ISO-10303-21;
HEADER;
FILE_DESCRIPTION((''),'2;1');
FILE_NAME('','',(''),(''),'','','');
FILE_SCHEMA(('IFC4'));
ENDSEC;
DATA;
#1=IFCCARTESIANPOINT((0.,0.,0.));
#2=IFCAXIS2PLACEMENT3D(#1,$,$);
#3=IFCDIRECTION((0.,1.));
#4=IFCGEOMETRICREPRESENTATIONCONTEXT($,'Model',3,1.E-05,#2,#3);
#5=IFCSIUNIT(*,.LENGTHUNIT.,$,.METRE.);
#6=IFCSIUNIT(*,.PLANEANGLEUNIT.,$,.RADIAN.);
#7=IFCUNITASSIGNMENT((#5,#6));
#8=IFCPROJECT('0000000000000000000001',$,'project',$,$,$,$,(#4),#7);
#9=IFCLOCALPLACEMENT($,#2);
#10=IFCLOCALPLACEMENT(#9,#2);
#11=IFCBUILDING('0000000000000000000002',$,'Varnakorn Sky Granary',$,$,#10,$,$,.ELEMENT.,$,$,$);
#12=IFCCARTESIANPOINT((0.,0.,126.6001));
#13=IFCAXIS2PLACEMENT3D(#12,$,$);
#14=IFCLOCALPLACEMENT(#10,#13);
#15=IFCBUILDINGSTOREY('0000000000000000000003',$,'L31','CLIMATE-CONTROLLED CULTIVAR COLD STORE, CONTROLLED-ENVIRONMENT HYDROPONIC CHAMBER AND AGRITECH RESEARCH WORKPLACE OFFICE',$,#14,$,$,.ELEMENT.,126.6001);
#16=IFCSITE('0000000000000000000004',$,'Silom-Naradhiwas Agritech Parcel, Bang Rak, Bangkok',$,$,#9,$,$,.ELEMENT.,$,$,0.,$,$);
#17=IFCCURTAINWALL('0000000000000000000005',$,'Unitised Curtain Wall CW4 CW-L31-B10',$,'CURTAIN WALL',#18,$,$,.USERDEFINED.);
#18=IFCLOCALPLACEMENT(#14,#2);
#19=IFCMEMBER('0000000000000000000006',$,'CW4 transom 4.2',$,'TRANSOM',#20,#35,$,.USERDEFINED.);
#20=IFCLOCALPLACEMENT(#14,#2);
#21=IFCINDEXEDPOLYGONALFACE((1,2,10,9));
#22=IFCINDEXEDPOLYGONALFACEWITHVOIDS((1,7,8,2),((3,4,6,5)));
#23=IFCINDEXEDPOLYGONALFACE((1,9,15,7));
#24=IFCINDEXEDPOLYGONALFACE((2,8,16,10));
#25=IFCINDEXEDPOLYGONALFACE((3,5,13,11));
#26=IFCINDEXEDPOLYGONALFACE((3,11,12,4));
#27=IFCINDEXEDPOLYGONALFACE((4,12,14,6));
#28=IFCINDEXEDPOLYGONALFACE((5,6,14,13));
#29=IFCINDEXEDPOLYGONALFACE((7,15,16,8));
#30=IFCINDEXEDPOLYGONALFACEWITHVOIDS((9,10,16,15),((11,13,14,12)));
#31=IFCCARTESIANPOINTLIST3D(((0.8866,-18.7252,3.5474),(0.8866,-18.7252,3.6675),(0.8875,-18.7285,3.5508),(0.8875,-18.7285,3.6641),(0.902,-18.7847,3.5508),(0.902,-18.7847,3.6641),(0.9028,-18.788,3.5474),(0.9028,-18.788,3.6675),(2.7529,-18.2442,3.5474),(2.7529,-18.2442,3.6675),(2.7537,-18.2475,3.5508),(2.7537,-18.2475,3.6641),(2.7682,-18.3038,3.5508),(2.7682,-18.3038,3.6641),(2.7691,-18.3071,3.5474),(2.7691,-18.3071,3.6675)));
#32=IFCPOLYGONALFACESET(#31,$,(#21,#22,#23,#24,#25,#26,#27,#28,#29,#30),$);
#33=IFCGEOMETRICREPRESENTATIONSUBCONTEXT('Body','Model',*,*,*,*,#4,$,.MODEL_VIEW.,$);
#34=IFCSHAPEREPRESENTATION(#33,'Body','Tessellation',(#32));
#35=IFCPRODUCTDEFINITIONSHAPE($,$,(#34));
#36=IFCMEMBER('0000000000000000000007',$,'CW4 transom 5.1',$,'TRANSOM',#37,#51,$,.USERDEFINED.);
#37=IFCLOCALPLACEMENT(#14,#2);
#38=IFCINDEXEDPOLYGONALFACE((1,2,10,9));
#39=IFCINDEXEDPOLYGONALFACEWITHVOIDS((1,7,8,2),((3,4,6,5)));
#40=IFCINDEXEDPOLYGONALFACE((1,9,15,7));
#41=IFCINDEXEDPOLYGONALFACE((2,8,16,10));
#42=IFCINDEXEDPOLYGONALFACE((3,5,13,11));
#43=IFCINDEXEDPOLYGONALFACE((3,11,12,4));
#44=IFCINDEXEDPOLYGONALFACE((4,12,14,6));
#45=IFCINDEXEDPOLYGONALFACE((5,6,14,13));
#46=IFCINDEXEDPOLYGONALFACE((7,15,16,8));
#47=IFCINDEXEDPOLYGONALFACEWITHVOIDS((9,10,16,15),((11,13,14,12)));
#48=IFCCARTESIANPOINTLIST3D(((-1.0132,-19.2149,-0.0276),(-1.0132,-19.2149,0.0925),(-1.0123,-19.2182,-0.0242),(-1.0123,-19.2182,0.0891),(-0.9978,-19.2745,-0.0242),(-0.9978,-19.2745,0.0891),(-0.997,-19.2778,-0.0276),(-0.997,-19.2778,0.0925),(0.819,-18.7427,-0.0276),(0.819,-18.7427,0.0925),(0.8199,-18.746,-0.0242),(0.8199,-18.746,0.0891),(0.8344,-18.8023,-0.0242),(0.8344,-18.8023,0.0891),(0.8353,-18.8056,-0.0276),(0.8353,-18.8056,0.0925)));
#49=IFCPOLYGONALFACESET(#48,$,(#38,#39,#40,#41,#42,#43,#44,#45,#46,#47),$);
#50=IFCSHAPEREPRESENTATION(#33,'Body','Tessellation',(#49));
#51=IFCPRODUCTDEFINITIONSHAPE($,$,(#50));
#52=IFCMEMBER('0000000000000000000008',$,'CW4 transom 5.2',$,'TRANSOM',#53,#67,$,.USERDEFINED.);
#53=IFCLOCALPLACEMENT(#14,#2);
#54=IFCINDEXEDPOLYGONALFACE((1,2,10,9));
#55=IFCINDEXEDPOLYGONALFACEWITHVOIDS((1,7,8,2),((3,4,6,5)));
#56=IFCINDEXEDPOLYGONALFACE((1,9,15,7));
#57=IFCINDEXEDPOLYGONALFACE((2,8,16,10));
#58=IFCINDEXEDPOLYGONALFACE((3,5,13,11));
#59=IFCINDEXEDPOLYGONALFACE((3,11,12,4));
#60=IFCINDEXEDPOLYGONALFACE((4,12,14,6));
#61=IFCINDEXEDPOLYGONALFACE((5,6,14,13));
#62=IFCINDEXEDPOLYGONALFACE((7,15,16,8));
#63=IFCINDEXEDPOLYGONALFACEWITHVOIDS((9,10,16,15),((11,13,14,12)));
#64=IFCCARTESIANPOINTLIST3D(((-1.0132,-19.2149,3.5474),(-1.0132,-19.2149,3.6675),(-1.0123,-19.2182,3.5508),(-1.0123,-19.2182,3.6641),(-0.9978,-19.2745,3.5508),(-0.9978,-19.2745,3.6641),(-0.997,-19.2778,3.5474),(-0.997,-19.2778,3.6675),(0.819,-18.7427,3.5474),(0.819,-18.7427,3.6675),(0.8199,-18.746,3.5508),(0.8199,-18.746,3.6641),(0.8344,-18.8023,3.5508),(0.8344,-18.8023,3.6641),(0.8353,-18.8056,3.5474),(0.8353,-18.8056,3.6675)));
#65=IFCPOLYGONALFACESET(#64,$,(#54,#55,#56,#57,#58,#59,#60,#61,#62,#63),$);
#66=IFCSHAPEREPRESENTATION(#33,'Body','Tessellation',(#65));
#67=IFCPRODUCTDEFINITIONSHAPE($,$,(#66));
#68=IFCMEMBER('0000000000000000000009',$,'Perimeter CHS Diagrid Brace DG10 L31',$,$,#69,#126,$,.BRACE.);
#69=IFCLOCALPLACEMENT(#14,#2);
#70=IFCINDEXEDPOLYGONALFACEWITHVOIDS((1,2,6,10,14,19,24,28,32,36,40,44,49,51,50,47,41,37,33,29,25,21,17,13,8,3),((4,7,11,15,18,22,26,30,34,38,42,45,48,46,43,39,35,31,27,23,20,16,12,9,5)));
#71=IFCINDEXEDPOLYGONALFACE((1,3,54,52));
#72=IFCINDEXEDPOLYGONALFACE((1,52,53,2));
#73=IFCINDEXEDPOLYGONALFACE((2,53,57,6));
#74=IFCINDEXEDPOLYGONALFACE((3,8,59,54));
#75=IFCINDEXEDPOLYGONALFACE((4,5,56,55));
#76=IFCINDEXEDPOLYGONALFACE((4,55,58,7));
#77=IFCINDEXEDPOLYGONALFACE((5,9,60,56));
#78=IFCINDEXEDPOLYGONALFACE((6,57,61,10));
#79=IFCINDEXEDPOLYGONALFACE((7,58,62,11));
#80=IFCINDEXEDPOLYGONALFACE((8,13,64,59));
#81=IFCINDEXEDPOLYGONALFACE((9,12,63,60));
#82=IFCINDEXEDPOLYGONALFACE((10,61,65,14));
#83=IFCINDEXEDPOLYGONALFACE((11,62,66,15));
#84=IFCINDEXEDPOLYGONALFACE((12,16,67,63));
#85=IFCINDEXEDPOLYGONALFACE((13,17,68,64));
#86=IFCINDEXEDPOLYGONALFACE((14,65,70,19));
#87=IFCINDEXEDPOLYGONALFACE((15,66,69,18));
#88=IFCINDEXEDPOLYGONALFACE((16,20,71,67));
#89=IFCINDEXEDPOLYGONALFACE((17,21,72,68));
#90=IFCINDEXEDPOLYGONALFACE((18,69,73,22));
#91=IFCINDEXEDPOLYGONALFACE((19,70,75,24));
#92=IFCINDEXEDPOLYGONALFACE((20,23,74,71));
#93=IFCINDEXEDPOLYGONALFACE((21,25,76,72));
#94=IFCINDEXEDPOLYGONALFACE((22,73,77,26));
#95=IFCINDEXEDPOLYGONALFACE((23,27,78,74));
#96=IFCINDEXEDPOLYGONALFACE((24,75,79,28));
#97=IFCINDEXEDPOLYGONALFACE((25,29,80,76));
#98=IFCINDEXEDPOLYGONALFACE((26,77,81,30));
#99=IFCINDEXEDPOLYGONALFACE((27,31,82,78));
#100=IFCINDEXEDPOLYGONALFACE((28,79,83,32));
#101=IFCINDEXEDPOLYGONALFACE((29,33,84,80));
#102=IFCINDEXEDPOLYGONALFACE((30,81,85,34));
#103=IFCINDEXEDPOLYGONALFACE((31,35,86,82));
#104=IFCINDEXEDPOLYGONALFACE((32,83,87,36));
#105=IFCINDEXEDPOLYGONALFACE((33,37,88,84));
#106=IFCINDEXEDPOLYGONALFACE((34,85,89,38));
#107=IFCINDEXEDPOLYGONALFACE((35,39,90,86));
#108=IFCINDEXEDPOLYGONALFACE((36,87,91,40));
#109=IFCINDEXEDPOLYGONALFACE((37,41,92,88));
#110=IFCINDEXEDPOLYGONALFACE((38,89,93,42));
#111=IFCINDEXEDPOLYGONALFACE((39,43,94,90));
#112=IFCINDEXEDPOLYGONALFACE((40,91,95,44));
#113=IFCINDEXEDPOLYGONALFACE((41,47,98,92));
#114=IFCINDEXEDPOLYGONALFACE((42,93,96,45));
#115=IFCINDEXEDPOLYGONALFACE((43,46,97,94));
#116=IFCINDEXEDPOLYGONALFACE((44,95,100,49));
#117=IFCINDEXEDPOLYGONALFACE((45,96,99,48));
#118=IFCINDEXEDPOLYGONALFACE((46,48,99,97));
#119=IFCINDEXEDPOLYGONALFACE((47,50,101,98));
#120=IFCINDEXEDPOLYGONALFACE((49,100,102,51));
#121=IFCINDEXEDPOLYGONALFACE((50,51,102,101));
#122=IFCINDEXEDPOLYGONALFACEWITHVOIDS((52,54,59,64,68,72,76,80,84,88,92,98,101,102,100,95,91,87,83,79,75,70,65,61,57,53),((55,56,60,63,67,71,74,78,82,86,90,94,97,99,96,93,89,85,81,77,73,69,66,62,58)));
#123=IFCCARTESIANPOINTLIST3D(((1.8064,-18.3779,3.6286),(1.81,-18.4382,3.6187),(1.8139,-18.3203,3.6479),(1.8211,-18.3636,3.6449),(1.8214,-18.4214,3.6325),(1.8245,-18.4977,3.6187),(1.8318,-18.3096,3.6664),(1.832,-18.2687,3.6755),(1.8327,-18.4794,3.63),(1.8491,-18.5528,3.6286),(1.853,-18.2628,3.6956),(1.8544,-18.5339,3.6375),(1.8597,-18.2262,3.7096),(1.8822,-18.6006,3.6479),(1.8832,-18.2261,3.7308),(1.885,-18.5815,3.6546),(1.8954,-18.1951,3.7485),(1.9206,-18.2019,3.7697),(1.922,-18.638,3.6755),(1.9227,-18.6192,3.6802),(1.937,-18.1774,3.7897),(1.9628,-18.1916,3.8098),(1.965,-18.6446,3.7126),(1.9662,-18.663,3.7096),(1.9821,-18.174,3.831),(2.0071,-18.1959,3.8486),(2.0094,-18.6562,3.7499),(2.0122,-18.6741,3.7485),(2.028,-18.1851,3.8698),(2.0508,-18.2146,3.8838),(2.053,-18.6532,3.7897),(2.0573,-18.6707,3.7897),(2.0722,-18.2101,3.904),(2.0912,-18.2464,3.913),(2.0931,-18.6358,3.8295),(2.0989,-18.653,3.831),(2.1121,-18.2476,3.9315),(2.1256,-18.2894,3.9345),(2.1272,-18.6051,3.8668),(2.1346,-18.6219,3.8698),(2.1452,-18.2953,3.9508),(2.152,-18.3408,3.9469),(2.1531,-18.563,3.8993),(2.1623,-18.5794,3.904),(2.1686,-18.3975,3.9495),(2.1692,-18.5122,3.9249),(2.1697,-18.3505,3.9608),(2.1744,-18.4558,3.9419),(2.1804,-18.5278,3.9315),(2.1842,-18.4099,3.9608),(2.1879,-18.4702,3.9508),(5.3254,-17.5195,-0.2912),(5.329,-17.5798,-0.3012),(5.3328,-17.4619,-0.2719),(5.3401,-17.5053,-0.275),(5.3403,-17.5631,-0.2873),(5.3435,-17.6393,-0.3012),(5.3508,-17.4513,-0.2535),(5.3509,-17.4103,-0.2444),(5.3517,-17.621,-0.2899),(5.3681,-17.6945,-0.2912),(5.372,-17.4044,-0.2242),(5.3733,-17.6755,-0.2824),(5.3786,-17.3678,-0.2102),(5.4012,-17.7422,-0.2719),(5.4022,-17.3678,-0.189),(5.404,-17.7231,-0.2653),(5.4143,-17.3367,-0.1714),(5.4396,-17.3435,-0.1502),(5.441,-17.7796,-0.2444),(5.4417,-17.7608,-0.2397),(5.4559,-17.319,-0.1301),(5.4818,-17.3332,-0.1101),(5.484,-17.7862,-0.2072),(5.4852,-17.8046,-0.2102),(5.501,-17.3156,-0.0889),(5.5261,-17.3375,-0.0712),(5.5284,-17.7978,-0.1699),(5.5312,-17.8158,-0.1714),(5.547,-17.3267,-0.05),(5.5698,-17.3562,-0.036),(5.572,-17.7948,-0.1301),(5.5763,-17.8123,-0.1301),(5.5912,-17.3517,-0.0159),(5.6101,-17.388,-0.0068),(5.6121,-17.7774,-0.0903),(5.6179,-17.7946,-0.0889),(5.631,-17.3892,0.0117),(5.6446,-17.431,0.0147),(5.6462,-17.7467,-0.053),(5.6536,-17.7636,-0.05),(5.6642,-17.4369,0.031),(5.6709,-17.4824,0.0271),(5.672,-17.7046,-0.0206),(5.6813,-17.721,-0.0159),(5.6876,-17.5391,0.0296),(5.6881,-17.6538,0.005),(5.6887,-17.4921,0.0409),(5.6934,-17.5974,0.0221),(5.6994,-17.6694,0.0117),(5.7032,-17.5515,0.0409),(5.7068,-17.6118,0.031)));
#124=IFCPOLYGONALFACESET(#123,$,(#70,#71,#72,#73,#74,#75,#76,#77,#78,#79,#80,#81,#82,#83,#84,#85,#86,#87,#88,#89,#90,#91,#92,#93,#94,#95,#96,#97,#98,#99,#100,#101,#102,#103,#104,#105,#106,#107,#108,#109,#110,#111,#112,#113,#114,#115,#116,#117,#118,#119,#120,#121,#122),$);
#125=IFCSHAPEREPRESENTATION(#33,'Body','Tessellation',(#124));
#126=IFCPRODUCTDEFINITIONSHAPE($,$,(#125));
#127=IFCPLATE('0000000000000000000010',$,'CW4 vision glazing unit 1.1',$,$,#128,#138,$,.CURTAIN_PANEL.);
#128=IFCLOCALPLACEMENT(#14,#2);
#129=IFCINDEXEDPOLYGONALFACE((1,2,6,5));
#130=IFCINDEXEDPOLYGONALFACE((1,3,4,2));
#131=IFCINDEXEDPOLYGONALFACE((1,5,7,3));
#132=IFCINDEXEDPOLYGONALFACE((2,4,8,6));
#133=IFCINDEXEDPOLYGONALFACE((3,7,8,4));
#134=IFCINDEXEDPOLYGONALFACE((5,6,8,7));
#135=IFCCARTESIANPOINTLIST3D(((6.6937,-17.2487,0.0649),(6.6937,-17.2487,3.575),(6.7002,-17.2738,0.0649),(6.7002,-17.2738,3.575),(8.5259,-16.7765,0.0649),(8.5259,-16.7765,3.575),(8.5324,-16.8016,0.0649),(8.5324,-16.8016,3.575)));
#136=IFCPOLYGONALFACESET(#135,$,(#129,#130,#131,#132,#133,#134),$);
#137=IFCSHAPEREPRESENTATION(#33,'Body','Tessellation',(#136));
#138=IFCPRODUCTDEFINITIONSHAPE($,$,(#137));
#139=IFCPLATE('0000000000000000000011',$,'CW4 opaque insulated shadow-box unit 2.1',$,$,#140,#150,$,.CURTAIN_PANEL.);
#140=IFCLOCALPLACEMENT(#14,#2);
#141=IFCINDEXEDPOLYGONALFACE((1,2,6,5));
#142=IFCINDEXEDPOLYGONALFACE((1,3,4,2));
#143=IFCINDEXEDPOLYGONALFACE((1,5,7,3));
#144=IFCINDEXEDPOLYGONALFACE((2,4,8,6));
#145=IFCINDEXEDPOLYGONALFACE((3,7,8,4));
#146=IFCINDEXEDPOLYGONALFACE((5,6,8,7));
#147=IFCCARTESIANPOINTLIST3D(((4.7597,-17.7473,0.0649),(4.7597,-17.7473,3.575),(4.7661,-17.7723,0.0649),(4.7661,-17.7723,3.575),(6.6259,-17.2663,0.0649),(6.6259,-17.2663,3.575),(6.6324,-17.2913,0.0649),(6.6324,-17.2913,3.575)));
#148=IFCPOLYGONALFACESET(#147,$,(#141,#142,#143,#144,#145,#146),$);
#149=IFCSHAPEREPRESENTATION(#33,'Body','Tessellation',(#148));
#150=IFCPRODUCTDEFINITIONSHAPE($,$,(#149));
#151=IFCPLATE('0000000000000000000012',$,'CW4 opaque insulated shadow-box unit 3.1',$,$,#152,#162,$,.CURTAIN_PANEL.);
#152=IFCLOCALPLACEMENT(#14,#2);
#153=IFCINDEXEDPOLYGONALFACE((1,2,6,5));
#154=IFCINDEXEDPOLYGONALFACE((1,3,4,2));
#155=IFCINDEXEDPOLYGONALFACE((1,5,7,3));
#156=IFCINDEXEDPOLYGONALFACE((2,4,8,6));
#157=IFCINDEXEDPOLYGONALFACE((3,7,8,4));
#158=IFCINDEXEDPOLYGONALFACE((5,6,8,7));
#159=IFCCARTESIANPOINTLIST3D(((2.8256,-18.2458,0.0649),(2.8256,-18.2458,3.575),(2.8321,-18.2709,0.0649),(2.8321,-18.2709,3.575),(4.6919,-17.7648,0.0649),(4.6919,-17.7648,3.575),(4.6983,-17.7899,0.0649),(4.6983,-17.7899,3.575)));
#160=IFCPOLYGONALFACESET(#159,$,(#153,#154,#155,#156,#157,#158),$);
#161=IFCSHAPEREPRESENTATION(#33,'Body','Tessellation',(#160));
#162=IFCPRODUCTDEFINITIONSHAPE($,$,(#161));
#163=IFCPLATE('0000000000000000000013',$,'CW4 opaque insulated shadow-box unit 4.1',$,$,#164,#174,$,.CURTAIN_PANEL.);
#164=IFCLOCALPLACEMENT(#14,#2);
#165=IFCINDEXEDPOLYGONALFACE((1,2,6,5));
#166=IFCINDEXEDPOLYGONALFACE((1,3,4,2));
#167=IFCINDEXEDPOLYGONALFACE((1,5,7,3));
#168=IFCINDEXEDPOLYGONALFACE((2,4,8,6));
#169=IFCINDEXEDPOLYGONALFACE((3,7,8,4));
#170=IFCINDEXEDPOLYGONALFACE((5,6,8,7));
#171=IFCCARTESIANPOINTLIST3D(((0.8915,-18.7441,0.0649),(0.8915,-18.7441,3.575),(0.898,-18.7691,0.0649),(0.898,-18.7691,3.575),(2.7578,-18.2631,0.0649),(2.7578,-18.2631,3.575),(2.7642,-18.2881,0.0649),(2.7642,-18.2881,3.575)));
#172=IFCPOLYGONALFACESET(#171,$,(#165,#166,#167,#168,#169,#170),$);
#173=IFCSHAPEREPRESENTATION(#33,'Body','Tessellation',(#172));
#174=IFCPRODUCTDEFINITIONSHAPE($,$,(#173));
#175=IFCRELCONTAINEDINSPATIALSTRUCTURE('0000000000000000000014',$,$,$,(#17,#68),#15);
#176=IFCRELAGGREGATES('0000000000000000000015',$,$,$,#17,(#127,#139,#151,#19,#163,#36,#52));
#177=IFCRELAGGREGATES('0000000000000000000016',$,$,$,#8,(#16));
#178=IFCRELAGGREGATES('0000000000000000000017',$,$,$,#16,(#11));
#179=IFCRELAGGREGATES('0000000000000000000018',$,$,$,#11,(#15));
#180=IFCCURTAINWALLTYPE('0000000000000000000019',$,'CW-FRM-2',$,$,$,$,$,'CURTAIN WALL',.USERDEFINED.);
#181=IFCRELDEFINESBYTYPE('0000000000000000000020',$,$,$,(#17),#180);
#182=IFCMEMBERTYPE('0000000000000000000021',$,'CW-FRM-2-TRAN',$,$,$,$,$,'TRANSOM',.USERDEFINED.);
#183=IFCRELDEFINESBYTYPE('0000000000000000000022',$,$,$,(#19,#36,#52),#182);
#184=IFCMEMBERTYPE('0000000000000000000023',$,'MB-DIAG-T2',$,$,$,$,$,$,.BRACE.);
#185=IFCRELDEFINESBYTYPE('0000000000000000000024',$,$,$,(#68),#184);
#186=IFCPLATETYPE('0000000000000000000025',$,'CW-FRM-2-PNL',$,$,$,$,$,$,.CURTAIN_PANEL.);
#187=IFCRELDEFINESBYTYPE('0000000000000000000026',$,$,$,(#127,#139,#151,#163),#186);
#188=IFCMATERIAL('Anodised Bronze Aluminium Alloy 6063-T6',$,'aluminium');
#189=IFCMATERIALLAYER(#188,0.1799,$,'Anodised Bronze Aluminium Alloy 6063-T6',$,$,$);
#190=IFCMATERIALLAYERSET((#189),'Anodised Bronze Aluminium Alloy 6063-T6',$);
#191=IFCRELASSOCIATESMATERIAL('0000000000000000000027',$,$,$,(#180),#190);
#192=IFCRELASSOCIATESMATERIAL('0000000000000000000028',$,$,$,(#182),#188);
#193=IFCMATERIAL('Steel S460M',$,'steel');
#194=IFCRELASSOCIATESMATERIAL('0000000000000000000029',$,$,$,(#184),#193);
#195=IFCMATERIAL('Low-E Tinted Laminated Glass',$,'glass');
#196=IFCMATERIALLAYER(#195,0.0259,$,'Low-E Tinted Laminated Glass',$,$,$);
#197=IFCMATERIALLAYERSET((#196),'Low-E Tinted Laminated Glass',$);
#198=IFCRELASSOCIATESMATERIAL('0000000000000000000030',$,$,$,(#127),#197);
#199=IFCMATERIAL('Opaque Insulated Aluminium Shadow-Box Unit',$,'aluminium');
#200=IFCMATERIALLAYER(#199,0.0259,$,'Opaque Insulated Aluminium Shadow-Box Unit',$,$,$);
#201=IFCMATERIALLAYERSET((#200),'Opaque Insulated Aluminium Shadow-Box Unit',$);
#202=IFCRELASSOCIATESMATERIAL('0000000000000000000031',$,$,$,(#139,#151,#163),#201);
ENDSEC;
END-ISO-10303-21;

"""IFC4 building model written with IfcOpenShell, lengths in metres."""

from ifc_helpers import new_model, si_unit, direction, frame, origin, origin_2d, place, context, subcontext, project, spatial, rectangle, hollow_rectangle, hollow_circle, extrude, source, transform, mapped, material, layer, layer_set, material_profile, profile_set, type_object, type_shapes, element, aggregate, save


model = new_model("IFC4")

# Units and contexts
model_context = context("Model", 3, precision=1e-05, world=origin(), true_north=direction((0.0, 1.0)))
body_context = subcontext(model_context, "Body", "Model", "MODEL_VIEW")
ifc_project = project(units=[si_unit("LENGTHUNIT", "METRE"), si_unit("PLANEANGLEUNIT", "RADIAN")], contexts=[model_context])

# Site, building, storey
site_placement = place(None, origin())
site = spatial("IfcSite", under=ifc_project, at=site_placement, Name="Silom-Naradhiwas Agritech Parcel, Bang Rak, Bangkok", CompositionType="ELEMENT", RefElevation=0.0)
building_placement = place(site_placement, origin())
building = spatial("IfcBuilding", under=site, at=building_placement, Name="Varnakorn Sky Granary", CompositionType="ELEMENT")
storey_placement = place(building_placement, frame((0.0, 0.0, 126.6001)))
storey = spatial("IfcBuildingStorey", under=building, at=storey_placement, Name="L31", Description="CLIMATE-CONTROLLED CULTIVAR COLD STORE, CONTROLLED-ENVIRONMENT HYDROPONIC CHAMBER AND AGRITECH RESEARCH WORKPLACE OFFICE", CompositionType="ELEMENT", Elevation=126.6001)

# Curtain wall, members
ifc_material_1 = material(Name="Anodised Bronze Aluminium Alloy 6063-T6", Category="aluminium")
ifc_layer_1 = layer(ifc_material_1, 0.1799, Name="Anodised Bronze Aluminium Alloy 6063-T6")
ifc_layer_set_1 = layer_set([ifc_layer_1], Name="Anodised Bronze Aluminium Alloy 6063-T6")
curtain_wall_type = type_object("IfcCurtainWallType", Name="CW-FRM-2", ElementType="CURTAIN WALL", PredefinedType="USERDEFINED", material=ifc_layer_set_1)
curtain_wall_placement = place(storey_placement, origin())
curtain_wall = element("IfcCurtainWall", 1, at=curtain_wall_placement, inside=storey, type_object=curtain_wall_type, Name="Unitised Curtain Wall CW4 CW-L31-B10", ObjectType="CURTAIN WALL", PredefinedType="USERDEFINED")
ifc_material_profile_1 = material_profile(ifc_material_1, hollow_rectangle(XDim=0.0649, YDim=0.1201, WallThickness=0.0034, at=origin_2d()), Name="ALU TRAN 65x120")
ifc_profile_set_1 = profile_set([ifc_material_profile_1], Name="Anodised Bronze Aluminium Alloy 6063-T6")
member_type_1 = type_object("IfcMemberType", Name="CW-FRM-2-TRAN", ElementType="TRANSOM", PredefinedType="USERDEFINED", material=ifc_profile_set_1)
member_1_placement = place(storey_placement, frame((2.761, -18.2756, 3.6074), z_axis=(-0.968358, -0.249564, 0.0), x_axis=(0.249564, -0.968358, 0.0)))
member_1 = element("IfcMember", 2, at=member_1_placement, type_object=member_type_1, Name="CW4 transom 4.2", ObjectType="TRANSOM", PredefinedType="USERDEFINED", context=body_context, shape_type="SweptSolid", body=[
    extrude(hollow_rectangle(XDim=0.0649, YDim=0.1201, WallThickness=0.0034, at=origin_2d()), origin(), (0.0, 0.0, 1.0), 1.9272),
])
member_2_placement = place(storey_placement, frame((0.8271, -18.7742, 0.0325), z_axis=(-0.968364, -0.249542, 0.0), x_axis=(0.249542, -0.968364, 0.0)))
member_2 = element("IfcMember", 3, at=member_2_placement, type_object=member_type_1, Name="CW4 transom 5.1", ObjectType="TRANSOM", PredefinedType="USERDEFINED", context=body_context, shape_type="SweptSolid", body=[
    extrude(hollow_rectangle(XDim=0.0649, YDim=0.1201, WallThickness=0.0034, at=origin_2d()), origin(), (0.0, 0.0, 1.0), 1.8921),
])
member_3_placement = place(storey_placement, frame((0.8271, -18.7742, 3.6074), z_axis=(-0.968364, -0.249542, 0.0), x_axis=(0.249542, -0.968364, 0.0)))
member_3 = element("IfcMember", 4, at=member_3_placement, type_object=member_type_1, Name="CW4 transom 5.2", ObjectType="TRANSOM", PredefinedType="USERDEFINED", context=body_context, shape_type="SweptSolid", body=[
    extrude(hollow_rectangle(XDim=0.0649, YDim=0.1201, WallThickness=0.0034, at=origin_2d()), origin(), (0.0, 0.0, 1.0), 1.8921),
])

# Member
ifc_material_2 = material(Name="Steel S460M", Category="steel")
ifc_material_profile_2 = material_profile(ifc_material_2, hollow_circle(Radius=0.2539, WallThickness=0.0181, at=origin_2d()), Name="CHS 508x18")
ifc_profile_set_2 = profile_set([ifc_material_profile_2], Name="Steel S460M")
member_type_2 = type_object("IfcMemberType", Name="MB-DIAG-T2", PredefinedType="BRACE", material=ifc_profile_set_2)
member_4_placement = place(storey_placement, frame((5.5161, -17.5657, -0.1301), z_axis=(-0.659336, -0.160831, 0.734445), x_axis=(0.236981, -0.971514, 0.0)))
element("IfcMember", 5, at=member_4_placement, inside=storey, type_object=member_type_2, Name="Perimeter CHS Diagrid Brace DG10 L31", PredefinedType="BRACE", context=body_context, shape_type="SweptSolid", body=[
    extrude(hollow_circle(Radius=0.2539, WallThickness=0.0181, at=origin_2d()), origin(), (0.0, 0.0, 1.0), 5.3372),
])

# Plates
ifc_material_3 = material(Name="Low-E Tinted Laminated Glass", Category="glass")
ifc_layer_2 = layer(ifc_material_3, 0.0259, Name="Low-E Tinted Laminated Glass")
ifc_layer_set_2 = layer_set([ifc_layer_2], Name="Low-E Tinted Laminated Glass")
plate_type = type_object("IfcPlateType", Name="CW-FRM-2-PNL", PredefinedType="CURTAIN_PANEL")
shared_shape_1 = source(origin(), body_context, "Body", "SweptSolid", [
    extrude(rectangle(XDim=1.8921, YDim=0.0259, at=origin_2d()), origin(), (0.0, 0.0, 1.0), 3.51),
])
plate_1_placement = place(storey_placement, frame((7.613, -17.0251, 0.0649), z_axis=(0.0, 0.0, 1.0), x_axis=(-0.968354, -0.249579, 0.0)))
plate_1 = element("IfcPlate", 6, at=plate_1_placement, type_object=plate_type, material=ifc_layer_set_2, Name="CW4 vision glazing unit 1.1", PredefinedType="CURTAIN_PANEL", context=body_context, shape_type="MappedRepresentation", body=[
    mapped(shared_shape_1, transform((0.0, 0.0, 0.0), x_axis=(1.0, 0.0, 0.0), y_axis=(0.0, 1.0, 0.0), z_axis=(0.0, 0.0, 1.0), scale=1.0)),
])
ifc_material_4 = material(Name="Opaque Insulated Aluminium Shadow-Box Unit", Category="aluminium")
ifc_layer_3 = layer(ifc_material_4, 0.0259, Name="Opaque Insulated Aluminium Shadow-Box Unit")
ifc_layer_set_3 = layer_set([ifc_layer_3], Name="Opaque Insulated Aluminium Shadow-Box Unit")
shared_shape_2 = source(origin(), body_context, "Body", "SweptSolid", [
    extrude(rectangle(XDim=1.9272, YDim=0.0259, at=origin_2d()), origin(), (0.0, 0.0, 1.0), 3.51),
])
type_shapes(plate_type, [shared_shape_1, shared_shape_2])
plate_2_placement = place(storey_placement, frame((5.696, -17.5193, 0.0649), z_axis=(0.0, 0.0, 1.0), x_axis=(-0.968354, -0.249579, 0.0)))
plate_2 = element("IfcPlate", 7, at=plate_2_placement, type_object=plate_type, material=ifc_layer_set_3, Name="CW4 opaque insulated shadow-box unit 2.1", PredefinedType="CURTAIN_PANEL", context=body_context, shape_type="MappedRepresentation", body=[
    mapped(shared_shape_2, transform((0.0, 0.0, 0.0), x_axis=(1.0, 0.0, 0.0), y_axis=(0.0, 1.0, 0.0), z_axis=(0.0, 0.0, 1.0), scale=1.0)),
])
plate_3_placement = place(storey_placement, frame((3.762, -18.0178, 0.0649), z_axis=(0.0, 0.0, 1.0), x_axis=(-0.968354, -0.249579, 0.0)))
plate_3 = element("IfcPlate", 8, at=plate_3_placement, type_object=plate_type, material=ifc_layer_set_3, Name="CW4 opaque insulated shadow-box unit 3.1", PredefinedType="CURTAIN_PANEL", context=body_context, shape_type="MappedRepresentation", body=[
    mapped(shared_shape_2, transform((0.0, 0.0, 0.0), x_axis=(1.0, 0.0, 0.0), y_axis=(0.0, 1.0, 0.0), z_axis=(0.0, 0.0, 1.0), scale=1.0)),
])
plate_4_placement = place(storey_placement, frame((1.8279, -18.5161, 0.0649), z_axis=(0.0, 0.0, 1.0), x_axis=(-0.968354, -0.249579, 0.0)))
plate_4 = element("IfcPlate", 9, at=plate_4_placement, type_object=plate_type, material=ifc_layer_set_3, Name="CW4 opaque insulated shadow-box unit 4.1", PredefinedType="CURTAIN_PANEL", context=body_context, shape_type="MappedRepresentation", body=[
    mapped(shared_shape_2, transform((0.0, 0.0, 0.0), x_axis=(1.0, 0.0, 0.0), y_axis=(0.0, 1.0, 0.0), z_axis=(0.0, 0.0, 1.0), scale=1.0)),
])
aggregate(curtain_wall, [plate_1, plate_2, plate_3, member_1, plate_4, member_2, member_3])

save(model, "model.ifc")
